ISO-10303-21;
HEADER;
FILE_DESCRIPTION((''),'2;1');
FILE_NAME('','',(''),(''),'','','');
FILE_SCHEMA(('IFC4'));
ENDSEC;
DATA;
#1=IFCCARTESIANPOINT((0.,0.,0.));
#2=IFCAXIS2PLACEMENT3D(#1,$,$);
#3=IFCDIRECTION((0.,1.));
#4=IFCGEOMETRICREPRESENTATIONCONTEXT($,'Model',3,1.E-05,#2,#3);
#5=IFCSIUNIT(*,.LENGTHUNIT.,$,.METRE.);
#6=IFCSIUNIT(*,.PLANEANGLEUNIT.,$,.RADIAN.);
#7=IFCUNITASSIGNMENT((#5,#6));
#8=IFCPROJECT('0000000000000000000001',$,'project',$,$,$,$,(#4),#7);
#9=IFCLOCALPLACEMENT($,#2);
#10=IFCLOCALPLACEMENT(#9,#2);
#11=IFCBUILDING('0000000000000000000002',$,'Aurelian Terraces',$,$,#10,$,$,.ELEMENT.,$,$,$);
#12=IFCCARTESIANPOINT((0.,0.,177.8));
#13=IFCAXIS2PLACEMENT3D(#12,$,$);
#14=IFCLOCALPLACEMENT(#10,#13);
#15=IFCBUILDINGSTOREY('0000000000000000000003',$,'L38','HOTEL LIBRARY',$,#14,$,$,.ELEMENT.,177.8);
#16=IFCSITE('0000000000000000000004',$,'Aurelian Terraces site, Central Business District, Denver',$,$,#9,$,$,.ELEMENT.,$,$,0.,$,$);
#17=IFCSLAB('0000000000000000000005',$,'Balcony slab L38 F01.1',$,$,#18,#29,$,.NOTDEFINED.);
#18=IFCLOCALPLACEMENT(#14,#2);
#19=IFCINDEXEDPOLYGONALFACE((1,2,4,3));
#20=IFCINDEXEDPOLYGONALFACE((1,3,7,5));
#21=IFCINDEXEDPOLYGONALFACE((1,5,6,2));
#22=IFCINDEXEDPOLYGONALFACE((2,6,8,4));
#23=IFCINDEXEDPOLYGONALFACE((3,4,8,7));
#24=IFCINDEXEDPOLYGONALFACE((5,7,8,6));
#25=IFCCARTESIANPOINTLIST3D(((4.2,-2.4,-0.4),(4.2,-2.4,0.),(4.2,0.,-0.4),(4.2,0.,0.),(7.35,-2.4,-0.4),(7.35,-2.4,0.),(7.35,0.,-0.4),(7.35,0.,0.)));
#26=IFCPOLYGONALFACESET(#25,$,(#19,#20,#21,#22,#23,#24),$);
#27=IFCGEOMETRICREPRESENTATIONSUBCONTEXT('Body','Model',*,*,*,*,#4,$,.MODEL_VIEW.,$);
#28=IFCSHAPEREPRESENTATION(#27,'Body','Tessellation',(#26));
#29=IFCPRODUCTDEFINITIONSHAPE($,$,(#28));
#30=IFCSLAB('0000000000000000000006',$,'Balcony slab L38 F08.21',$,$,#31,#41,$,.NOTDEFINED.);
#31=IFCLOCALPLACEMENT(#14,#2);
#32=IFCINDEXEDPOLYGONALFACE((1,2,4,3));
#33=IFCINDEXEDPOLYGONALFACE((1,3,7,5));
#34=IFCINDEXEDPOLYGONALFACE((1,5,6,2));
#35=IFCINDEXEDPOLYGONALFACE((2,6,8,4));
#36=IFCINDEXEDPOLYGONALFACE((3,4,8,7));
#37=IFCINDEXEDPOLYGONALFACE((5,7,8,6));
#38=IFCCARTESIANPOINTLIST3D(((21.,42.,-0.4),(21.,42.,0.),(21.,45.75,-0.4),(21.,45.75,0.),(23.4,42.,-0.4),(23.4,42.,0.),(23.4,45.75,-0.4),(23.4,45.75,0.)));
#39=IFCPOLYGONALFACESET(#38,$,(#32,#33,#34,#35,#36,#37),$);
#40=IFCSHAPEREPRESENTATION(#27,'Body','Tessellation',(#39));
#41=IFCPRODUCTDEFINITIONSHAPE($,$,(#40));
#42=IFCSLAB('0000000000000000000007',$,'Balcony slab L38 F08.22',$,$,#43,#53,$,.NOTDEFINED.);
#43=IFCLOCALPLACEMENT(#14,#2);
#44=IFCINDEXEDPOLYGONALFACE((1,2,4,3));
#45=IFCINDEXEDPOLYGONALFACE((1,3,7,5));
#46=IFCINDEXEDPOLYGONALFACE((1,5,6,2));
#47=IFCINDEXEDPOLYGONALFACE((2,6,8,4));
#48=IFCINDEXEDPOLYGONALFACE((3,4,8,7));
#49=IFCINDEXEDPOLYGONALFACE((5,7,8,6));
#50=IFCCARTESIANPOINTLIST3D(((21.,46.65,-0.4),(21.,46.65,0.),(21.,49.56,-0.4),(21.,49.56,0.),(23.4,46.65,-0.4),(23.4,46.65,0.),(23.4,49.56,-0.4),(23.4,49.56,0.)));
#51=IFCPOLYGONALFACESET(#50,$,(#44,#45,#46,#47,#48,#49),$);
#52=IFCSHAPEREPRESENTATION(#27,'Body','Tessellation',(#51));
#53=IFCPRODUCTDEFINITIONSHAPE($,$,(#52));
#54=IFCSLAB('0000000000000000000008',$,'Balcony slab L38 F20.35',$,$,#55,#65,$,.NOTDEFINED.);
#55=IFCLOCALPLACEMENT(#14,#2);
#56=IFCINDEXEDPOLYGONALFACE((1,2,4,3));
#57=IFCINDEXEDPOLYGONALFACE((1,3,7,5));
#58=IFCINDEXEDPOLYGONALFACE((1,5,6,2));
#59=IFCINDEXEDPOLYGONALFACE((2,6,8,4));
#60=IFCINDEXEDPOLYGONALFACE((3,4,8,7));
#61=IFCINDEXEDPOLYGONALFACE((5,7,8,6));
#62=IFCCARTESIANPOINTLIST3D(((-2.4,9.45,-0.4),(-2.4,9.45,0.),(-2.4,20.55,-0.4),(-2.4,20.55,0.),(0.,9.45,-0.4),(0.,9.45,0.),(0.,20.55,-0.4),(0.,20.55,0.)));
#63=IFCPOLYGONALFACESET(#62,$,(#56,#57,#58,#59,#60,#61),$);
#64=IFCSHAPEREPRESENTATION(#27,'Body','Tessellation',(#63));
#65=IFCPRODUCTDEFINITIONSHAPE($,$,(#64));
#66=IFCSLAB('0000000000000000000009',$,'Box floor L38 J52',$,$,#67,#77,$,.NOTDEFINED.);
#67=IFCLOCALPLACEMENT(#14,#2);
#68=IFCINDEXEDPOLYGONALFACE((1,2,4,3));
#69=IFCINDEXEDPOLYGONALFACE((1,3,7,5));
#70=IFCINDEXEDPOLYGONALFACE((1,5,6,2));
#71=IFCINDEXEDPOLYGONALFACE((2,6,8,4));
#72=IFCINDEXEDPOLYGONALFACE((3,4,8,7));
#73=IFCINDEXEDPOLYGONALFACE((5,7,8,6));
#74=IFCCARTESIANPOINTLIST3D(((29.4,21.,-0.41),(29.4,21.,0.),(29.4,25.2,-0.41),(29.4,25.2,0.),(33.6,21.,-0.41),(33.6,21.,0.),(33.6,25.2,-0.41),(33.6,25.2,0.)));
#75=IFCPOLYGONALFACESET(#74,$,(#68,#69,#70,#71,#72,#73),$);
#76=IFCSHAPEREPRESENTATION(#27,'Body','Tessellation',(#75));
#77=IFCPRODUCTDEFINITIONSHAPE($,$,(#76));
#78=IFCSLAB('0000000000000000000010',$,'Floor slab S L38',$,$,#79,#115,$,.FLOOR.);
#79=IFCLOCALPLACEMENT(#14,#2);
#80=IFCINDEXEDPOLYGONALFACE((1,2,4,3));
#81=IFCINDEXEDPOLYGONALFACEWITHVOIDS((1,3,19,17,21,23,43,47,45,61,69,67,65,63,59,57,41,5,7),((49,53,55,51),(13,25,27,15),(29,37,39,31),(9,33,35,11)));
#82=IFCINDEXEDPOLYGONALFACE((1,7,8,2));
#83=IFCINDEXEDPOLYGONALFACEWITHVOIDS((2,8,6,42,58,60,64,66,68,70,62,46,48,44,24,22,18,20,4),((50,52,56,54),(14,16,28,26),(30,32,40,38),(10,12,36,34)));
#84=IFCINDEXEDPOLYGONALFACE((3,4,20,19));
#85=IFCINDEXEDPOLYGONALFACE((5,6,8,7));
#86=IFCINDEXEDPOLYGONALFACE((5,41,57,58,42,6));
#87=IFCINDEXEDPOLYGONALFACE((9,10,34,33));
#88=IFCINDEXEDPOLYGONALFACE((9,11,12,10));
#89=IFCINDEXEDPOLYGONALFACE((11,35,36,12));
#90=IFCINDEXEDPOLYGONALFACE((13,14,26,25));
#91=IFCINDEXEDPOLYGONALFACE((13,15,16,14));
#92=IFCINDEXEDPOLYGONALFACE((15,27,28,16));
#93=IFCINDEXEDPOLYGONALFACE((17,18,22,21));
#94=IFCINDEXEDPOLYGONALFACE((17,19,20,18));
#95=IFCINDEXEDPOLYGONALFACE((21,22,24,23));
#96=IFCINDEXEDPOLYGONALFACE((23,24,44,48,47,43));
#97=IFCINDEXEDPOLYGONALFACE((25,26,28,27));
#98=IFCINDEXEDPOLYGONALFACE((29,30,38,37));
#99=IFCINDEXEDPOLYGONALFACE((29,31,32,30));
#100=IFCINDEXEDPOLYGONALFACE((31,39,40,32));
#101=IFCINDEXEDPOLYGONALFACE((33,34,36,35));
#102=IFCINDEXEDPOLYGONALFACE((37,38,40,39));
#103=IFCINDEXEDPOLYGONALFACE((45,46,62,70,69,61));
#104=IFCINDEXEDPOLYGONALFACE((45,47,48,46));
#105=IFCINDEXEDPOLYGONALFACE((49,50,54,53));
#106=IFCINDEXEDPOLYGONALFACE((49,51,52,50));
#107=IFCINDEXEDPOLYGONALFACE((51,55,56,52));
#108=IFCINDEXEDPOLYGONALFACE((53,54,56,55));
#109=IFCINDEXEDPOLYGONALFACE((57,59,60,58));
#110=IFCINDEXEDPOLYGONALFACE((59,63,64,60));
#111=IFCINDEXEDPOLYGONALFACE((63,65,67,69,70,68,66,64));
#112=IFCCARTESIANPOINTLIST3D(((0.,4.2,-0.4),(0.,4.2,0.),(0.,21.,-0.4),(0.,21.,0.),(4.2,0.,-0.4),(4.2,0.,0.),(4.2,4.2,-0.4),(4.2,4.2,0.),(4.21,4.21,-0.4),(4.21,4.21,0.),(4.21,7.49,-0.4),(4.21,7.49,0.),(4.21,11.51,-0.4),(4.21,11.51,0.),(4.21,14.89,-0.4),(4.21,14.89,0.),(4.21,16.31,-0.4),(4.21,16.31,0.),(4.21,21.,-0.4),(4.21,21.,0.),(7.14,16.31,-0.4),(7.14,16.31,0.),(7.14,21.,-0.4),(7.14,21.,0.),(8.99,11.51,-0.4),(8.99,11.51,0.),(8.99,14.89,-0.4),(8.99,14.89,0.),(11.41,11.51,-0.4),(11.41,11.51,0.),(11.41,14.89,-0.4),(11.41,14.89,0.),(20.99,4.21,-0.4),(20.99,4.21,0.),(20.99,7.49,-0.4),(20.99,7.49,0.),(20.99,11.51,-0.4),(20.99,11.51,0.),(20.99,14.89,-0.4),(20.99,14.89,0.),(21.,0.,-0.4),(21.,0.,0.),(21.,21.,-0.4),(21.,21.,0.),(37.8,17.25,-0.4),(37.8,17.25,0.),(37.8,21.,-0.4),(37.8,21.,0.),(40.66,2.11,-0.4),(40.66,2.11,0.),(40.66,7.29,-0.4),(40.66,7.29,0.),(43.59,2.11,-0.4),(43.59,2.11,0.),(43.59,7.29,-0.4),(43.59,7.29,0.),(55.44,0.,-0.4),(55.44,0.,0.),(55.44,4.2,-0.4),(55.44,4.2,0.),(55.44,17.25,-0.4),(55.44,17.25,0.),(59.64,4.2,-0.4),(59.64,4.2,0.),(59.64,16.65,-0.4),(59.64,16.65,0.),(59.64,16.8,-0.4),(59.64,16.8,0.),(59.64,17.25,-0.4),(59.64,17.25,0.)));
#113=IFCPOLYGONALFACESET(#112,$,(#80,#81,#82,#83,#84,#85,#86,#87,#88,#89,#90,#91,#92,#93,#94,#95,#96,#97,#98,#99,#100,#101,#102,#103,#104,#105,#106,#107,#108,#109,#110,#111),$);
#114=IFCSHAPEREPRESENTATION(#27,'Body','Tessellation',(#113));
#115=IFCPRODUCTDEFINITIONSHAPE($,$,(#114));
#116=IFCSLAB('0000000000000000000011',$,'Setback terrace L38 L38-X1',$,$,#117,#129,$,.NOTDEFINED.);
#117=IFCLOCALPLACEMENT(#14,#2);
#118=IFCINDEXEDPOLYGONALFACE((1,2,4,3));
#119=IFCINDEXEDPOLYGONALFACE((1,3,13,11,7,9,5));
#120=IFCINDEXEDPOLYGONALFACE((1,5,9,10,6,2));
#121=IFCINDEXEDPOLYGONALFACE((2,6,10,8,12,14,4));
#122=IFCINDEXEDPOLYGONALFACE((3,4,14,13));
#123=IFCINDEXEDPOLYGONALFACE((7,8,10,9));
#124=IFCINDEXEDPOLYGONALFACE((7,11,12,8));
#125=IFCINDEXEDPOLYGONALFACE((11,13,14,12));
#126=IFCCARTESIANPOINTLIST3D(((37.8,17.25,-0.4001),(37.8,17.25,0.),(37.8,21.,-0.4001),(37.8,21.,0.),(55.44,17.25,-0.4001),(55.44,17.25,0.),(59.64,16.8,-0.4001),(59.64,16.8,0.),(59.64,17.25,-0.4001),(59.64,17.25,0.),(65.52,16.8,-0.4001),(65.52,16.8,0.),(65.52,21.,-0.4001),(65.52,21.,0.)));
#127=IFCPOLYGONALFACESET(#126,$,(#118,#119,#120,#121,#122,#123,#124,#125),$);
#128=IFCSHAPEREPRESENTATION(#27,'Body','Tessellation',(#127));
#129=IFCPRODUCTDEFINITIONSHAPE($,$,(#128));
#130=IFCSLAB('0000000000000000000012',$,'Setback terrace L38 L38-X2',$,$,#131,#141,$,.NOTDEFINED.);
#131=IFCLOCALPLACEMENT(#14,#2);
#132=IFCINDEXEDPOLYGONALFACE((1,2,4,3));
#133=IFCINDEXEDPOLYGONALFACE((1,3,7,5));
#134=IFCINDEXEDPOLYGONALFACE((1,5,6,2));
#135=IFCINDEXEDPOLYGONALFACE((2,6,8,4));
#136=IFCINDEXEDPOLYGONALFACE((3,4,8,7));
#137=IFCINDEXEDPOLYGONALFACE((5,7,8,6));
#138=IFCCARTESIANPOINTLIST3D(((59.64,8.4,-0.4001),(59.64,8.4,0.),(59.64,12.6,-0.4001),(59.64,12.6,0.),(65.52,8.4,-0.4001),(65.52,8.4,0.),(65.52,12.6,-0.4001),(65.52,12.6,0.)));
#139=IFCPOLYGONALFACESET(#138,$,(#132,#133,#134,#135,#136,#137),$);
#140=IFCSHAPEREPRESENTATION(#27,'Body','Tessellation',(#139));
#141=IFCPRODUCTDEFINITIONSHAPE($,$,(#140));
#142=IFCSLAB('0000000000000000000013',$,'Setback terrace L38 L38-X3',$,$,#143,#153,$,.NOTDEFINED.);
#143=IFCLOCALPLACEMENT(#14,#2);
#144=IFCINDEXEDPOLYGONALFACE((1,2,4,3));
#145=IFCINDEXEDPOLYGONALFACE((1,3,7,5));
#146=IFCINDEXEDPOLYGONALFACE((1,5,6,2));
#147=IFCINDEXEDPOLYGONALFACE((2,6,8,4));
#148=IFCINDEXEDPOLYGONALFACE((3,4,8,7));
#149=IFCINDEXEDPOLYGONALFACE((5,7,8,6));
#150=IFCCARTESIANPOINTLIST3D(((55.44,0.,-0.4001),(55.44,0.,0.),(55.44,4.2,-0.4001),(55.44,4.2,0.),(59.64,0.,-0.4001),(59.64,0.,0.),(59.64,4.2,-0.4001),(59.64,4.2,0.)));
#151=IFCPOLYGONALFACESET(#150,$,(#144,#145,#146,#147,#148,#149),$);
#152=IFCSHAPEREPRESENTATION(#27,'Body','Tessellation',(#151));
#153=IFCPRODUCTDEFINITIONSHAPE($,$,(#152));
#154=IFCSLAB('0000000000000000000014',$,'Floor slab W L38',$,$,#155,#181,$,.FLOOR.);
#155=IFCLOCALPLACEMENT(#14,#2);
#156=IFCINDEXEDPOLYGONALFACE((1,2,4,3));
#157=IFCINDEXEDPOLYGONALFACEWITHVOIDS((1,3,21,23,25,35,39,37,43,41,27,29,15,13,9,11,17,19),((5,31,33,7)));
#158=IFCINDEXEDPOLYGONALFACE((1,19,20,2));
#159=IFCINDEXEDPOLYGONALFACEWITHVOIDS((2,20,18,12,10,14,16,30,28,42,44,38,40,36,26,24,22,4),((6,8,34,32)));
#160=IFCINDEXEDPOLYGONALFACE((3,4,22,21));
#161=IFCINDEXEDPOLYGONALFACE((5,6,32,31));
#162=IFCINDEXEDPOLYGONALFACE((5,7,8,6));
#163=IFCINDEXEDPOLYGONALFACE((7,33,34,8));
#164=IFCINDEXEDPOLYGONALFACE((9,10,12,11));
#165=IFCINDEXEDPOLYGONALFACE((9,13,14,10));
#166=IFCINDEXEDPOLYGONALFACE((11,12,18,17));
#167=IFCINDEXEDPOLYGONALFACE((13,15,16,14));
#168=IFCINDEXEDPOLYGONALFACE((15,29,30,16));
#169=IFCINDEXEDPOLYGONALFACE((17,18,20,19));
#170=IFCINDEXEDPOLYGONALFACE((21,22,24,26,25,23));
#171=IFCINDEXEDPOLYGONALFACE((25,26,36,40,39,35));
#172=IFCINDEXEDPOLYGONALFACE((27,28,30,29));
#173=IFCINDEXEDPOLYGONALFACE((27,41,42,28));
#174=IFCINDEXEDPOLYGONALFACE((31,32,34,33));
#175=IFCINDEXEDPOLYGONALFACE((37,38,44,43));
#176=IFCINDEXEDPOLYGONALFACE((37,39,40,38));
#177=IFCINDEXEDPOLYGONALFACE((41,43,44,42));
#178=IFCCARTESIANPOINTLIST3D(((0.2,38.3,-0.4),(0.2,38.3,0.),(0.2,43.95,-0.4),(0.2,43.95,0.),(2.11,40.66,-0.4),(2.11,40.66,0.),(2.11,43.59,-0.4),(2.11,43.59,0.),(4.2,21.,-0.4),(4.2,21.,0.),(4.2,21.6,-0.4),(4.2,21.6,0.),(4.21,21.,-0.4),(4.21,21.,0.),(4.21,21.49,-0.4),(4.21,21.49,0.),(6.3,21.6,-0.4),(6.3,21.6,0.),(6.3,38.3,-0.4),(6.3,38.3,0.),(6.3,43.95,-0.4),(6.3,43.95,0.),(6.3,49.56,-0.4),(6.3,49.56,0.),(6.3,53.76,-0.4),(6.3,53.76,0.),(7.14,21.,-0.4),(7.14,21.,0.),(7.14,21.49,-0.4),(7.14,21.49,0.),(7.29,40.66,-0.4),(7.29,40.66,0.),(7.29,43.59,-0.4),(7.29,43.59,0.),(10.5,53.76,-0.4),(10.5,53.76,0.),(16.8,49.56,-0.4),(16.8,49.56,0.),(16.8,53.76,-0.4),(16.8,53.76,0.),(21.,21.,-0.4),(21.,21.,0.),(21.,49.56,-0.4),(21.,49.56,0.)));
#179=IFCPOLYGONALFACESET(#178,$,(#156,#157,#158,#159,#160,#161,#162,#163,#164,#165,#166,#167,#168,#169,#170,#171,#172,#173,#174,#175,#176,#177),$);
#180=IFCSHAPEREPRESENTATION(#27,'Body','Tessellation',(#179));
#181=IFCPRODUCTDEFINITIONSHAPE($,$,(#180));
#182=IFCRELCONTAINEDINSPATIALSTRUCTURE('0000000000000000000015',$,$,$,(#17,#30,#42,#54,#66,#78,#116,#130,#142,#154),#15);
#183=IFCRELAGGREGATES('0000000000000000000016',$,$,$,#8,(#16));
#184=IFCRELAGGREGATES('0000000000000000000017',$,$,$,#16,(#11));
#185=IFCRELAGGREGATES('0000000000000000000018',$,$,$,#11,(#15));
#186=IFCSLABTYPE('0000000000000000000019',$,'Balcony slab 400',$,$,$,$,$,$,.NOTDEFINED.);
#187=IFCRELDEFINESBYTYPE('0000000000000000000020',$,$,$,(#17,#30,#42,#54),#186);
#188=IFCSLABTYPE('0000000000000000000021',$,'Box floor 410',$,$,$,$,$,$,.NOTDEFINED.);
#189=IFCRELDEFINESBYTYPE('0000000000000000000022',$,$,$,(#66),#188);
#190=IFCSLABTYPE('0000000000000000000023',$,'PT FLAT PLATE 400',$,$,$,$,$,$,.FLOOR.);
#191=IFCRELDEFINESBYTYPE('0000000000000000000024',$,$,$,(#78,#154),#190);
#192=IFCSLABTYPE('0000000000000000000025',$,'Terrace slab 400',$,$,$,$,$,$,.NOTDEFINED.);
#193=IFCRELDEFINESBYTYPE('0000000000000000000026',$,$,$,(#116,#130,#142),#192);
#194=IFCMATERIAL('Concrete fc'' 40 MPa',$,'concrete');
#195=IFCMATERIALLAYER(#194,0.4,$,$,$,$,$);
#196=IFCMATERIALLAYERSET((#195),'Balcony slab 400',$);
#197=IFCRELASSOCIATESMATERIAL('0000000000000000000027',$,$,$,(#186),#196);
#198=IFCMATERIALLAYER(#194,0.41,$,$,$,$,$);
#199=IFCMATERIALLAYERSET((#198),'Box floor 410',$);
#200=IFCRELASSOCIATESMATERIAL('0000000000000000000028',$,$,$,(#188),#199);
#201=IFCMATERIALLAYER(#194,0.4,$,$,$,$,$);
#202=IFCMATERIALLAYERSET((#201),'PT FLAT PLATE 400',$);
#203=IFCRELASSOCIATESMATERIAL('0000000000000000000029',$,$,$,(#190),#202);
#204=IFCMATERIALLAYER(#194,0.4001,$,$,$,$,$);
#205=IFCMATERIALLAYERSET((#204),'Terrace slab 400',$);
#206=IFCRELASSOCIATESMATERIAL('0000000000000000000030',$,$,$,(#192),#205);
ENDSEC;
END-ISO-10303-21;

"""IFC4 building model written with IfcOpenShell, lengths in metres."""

from ifc_helpers import new_model, si_unit, direction, frame, origin, place, context, subcontext, project, spatial, polyline, outline, extrude, source, transform, mapped, material, layer, layer_set, type_object, element, save


model = new_model("IFC4")

# Units and contexts
model_context = context("Model", 3, precision=1e-05, world=origin(), true_north=direction((0.0, 1.0)))
body_context = subcontext(model_context, "Body", "Model", "MODEL_VIEW")
ifc_project = project(units=[si_unit("LENGTHUNIT", "METRE"), si_unit("PLANEANGLEUNIT", "RADIAN")], contexts=[model_context])

# Site, building, storey
site_placement = place(None, origin())
site = spatial("IfcSite", under=ifc_project, at=site_placement, Name="Aurelian Terraces site, Central Business District, Denver", CompositionType="ELEMENT", RefElevation=0.0)
building_placement = place(site_placement, origin())
building = spatial("IfcBuilding", under=site, at=building_placement, Name="Aurelian Terraces", CompositionType="ELEMENT")
storey_placement = place(building_placement, frame((0.0, 0.0, 177.8)))
storey = spatial("IfcBuildingStorey", under=building, at=storey_placement, Name="L38", Description="HOTEL LIBRARY", CompositionType="ELEMENT", Elevation=177.8)

# Slabs
ifc_material_1 = material(Name="Concrete fc' 40 MPa", Category="concrete")
ifc_layer_1 = layer(ifc_material_1, 0.4)
ifc_layer_set_1 = layer_set([ifc_layer_1], Name="Balcony slab 400")
slab_type_1 = type_object("IfcSlabType", Name="Balcony slab 400", PredefinedType="NOTDEFINED", material=ifc_layer_set_1)
slab_1_placement = place(storey_placement, frame((0.0, 0.0, -0.4)))
element("IfcSlab", 1, at=slab_1_placement, inside=storey, type_object=slab_type_1, Name="Balcony slab L38 F01.1", PredefinedType="NOTDEFINED", context=body_context, shape_type="SweptSolid", body=[
    extrude(outline(polyline([(4.2, 0.0), (7.35, 0.0), (7.35, -2.4), (4.2, -2.4), (4.2, 0.0)])), origin(), (0.0, 0.0, 1.0), 0.4),
])
slab_2_placement = place(storey_placement, frame((0.0, 0.0, -0.4)))
element("IfcSlab", 2, at=slab_2_placement, inside=storey, type_object=slab_type_1, Name="Balcony slab L38 F08.21", PredefinedType="NOTDEFINED", context=body_context, shape_type="SweptSolid", body=[
    extrude(outline(polyline([(21.0, 42.0), (21.0, 45.75), (23.4, 45.75), (23.4, 42.0), (21.0, 42.0)])), origin(), (0.0, 0.0, 1.0), 0.4),
])
slab_3_placement = place(storey_placement, frame((0.0, 0.0, -0.4)))
element("IfcSlab", 3, at=slab_3_placement, inside=storey, type_object=slab_type_1, Name="Balcony slab L38 F08.22", PredefinedType="NOTDEFINED", context=body_context, shape_type="SweptSolid", body=[
    extrude(outline(polyline([(21.0, 46.65), (21.0, 49.56), (23.4, 49.56), (23.4, 46.65), (21.0, 46.65)])), origin(), (0.0, 0.0, 1.0), 0.4),
])
slab_4_placement = place(storey_placement, frame((0.0, 0.0, -0.4)))
element("IfcSlab", 4, at=slab_4_placement, inside=storey, type_object=slab_type_1, Name="Balcony slab L38 F20.35", PredefinedType="NOTDEFINED", context=body_context, shape_type="SweptSolid", body=[
    extrude(outline(polyline([(0.0, 20.55), (0.0, 9.45), (-2.4, 9.45), (-2.4, 20.55), (0.0, 20.55)])), origin(), (0.0, 0.0, 1.0), 0.4),
])
ifc_layer_2 = layer(ifc_material_1, 0.41)
ifc_layer_set_2 = layer_set([ifc_layer_2], Name="Box floor 410")
slab_type_2 = type_object("IfcSlabType", Name="Box floor 410", PredefinedType="NOTDEFINED", material=ifc_layer_set_2)
slab_5_placement = place(storey_placement, frame((0.0, 0.0, -0.41)))
element("IfcSlab", 5, at=slab_5_placement, inside=storey, type_object=slab_type_2, Name="Box floor L38 J52", PredefinedType="NOTDEFINED", context=body_context, shape_type="SweptSolid", body=[
    extrude(outline(polyline([(33.6, 25.2), (29.4, 25.2), (29.4, 21.0), (33.6, 21.0), (33.6, 25.2)])), origin(), (0.0, 0.0, 1.0), 0.41),
])
ifc_layer_3 = layer(ifc_material_1, 0.4)
ifc_layer_set_3 = layer_set([ifc_layer_3], Name="PT FLAT PLATE 400")
slab_type_3 = type_object("IfcSlabType", Name="PT FLAT PLATE 400", PredefinedType="FLOOR", material=ifc_layer_set_3)
slab_6_placement = place(storey_placement, frame((0.0, 0.0, -0.4)))
element("IfcSlab", 6, at=slab_6_placement, inside=storey, type_object=slab_type_3, Name="Floor slab S L38", PredefinedType="FLOOR", context=body_context, shape_type="SweptSolid", body=[
    extrude(outline(polyline([(59.64, 4.2), (55.44, 4.2), (55.44, 0.0), (21.0, 0.0), (4.2, 0.0), (4.2, 4.2), (0.0, 4.2), (0.0, 21.0), (4.21, 21.0), (4.21, 16.31), (7.14, 16.31), (7.14, 21.0), (21.0, 21.0), (37.8, 21.0), (37.8, 17.25), (55.44, 17.25), (59.64, 17.25), (59.64, 16.8), (59.64, 16.65), (59.64, 4.2)]), holes=[polyline([(40.66, 2.11), (43.59, 2.11), (43.59, 7.29), (40.66, 7.29), (40.66, 2.11)]), polyline([(4.21, 7.49), (4.21, 4.21), (20.99, 4.21), (20.99, 7.49), (4.21, 7.49)]), polyline([(11.41, 14.89), (11.41, 11.51), (20.99, 11.51), (20.99, 14.89), (11.41, 14.89)]), polyline([(8.99, 11.51), (8.99, 14.89), (4.21, 14.89), (4.21, 11.51), (8.99, 11.51)])]), origin(), (0.0, 0.0, 1.0), 0.4),
])
ifc_layer_4 = layer(ifc_material_1, 0.4001)
ifc_layer_set_4 = layer_set([ifc_layer_4], Name="Terrace slab 400")
slab_type_4 = type_object("IfcSlabType", Name="Terrace slab 400", PredefinedType="NOTDEFINED", material=ifc_layer_set_4)
slab_7_placement = place(storey_placement, frame((0.0, 0.0, -0.4001)))
element("IfcSlab", 7, at=slab_7_placement, inside=storey, type_object=slab_type_4, Name="Setback terrace L38 L38-X1", PredefinedType="NOTDEFINED", context=body_context, shape_type="SweptSolid", body=[
    extrude(outline(polyline([(65.52, 21.0), (65.52, 16.8), (59.64, 16.8), (59.64, 17.25), (55.44, 17.25), (37.8, 17.25), (37.8, 21.0), (65.52, 21.0)])), origin(), (0.0, 0.0, 1.0), 0.4001),
])
slab_8_placement = place(storey_placement, frame((0.0, 0.0, -0.4001)))
element("IfcSlab", 8, at=slab_8_placement, inside=storey, type_object=slab_type_4, Name="Setback terrace L38 L38-X2", PredefinedType="NOTDEFINED", context=body_context, shape_type="SweptSolid", body=[
    extrude(outline(polyline([(65.52, 12.6), (65.52, 8.4), (59.64, 8.4), (59.64, 12.6), (65.52, 12.6)])), origin(), (0.0, 0.0, 1.0), 0.4001),
])
slab_9_placement = place(storey_placement, frame((0.0, 0.0, -0.4001)))
element("IfcSlab", 9, at=slab_9_placement, inside=storey, type_object=slab_type_4, Name="Setback terrace L38 L38-X3", PredefinedType="NOTDEFINED", context=body_context, shape_type="SweptSolid", body=[
    extrude(outline(polyline([(59.64, 0.0), (55.44, 0.0), (55.44, 4.2), (59.64, 4.2), (59.64, 0.0)])), origin(), (0.0, 0.0, 1.0), 0.4001),
])
shared_shape_1 = source(origin(), body_context, "Body", "SweptSolid", [
    extrude(outline(polyline([(0.2, 43.95), (6.3, 43.95), (6.3, 49.56), (6.3, 53.76), (10.5, 53.76), (16.8, 53.76), (16.8, 49.56), (21.0, 49.56), (21.0, 21.0), (7.14, 21.0), (7.14, 21.49), (4.21, 21.49), (4.21, 21.0), (4.2, 21.0), (4.2, 21.6), (6.3, 21.6), (6.3, 38.3), (0.2, 38.3), (0.2, 43.95)]), holes=[polyline([(7.29, 43.59), (2.11, 43.59), (2.11, 40.66), (7.29, 40.66), (7.29, 43.59)])]), origin(), (0.0, 0.0, 1.0), 0.4),
])
slab_10_placement = place(storey_placement, frame((0.0, 0.0, -0.4)))
element("IfcSlab", 10, at=slab_10_placement, inside=storey, type_object=slab_type_3, Name="Floor slab W L38", PredefinedType="FLOOR", context=body_context, shape_type="MappedRepresentation", body=[
    mapped(shared_shape_1, transform((0.0, 0.0, 0.0), scale=1.0)),
])

save(model, "model.ifc")
